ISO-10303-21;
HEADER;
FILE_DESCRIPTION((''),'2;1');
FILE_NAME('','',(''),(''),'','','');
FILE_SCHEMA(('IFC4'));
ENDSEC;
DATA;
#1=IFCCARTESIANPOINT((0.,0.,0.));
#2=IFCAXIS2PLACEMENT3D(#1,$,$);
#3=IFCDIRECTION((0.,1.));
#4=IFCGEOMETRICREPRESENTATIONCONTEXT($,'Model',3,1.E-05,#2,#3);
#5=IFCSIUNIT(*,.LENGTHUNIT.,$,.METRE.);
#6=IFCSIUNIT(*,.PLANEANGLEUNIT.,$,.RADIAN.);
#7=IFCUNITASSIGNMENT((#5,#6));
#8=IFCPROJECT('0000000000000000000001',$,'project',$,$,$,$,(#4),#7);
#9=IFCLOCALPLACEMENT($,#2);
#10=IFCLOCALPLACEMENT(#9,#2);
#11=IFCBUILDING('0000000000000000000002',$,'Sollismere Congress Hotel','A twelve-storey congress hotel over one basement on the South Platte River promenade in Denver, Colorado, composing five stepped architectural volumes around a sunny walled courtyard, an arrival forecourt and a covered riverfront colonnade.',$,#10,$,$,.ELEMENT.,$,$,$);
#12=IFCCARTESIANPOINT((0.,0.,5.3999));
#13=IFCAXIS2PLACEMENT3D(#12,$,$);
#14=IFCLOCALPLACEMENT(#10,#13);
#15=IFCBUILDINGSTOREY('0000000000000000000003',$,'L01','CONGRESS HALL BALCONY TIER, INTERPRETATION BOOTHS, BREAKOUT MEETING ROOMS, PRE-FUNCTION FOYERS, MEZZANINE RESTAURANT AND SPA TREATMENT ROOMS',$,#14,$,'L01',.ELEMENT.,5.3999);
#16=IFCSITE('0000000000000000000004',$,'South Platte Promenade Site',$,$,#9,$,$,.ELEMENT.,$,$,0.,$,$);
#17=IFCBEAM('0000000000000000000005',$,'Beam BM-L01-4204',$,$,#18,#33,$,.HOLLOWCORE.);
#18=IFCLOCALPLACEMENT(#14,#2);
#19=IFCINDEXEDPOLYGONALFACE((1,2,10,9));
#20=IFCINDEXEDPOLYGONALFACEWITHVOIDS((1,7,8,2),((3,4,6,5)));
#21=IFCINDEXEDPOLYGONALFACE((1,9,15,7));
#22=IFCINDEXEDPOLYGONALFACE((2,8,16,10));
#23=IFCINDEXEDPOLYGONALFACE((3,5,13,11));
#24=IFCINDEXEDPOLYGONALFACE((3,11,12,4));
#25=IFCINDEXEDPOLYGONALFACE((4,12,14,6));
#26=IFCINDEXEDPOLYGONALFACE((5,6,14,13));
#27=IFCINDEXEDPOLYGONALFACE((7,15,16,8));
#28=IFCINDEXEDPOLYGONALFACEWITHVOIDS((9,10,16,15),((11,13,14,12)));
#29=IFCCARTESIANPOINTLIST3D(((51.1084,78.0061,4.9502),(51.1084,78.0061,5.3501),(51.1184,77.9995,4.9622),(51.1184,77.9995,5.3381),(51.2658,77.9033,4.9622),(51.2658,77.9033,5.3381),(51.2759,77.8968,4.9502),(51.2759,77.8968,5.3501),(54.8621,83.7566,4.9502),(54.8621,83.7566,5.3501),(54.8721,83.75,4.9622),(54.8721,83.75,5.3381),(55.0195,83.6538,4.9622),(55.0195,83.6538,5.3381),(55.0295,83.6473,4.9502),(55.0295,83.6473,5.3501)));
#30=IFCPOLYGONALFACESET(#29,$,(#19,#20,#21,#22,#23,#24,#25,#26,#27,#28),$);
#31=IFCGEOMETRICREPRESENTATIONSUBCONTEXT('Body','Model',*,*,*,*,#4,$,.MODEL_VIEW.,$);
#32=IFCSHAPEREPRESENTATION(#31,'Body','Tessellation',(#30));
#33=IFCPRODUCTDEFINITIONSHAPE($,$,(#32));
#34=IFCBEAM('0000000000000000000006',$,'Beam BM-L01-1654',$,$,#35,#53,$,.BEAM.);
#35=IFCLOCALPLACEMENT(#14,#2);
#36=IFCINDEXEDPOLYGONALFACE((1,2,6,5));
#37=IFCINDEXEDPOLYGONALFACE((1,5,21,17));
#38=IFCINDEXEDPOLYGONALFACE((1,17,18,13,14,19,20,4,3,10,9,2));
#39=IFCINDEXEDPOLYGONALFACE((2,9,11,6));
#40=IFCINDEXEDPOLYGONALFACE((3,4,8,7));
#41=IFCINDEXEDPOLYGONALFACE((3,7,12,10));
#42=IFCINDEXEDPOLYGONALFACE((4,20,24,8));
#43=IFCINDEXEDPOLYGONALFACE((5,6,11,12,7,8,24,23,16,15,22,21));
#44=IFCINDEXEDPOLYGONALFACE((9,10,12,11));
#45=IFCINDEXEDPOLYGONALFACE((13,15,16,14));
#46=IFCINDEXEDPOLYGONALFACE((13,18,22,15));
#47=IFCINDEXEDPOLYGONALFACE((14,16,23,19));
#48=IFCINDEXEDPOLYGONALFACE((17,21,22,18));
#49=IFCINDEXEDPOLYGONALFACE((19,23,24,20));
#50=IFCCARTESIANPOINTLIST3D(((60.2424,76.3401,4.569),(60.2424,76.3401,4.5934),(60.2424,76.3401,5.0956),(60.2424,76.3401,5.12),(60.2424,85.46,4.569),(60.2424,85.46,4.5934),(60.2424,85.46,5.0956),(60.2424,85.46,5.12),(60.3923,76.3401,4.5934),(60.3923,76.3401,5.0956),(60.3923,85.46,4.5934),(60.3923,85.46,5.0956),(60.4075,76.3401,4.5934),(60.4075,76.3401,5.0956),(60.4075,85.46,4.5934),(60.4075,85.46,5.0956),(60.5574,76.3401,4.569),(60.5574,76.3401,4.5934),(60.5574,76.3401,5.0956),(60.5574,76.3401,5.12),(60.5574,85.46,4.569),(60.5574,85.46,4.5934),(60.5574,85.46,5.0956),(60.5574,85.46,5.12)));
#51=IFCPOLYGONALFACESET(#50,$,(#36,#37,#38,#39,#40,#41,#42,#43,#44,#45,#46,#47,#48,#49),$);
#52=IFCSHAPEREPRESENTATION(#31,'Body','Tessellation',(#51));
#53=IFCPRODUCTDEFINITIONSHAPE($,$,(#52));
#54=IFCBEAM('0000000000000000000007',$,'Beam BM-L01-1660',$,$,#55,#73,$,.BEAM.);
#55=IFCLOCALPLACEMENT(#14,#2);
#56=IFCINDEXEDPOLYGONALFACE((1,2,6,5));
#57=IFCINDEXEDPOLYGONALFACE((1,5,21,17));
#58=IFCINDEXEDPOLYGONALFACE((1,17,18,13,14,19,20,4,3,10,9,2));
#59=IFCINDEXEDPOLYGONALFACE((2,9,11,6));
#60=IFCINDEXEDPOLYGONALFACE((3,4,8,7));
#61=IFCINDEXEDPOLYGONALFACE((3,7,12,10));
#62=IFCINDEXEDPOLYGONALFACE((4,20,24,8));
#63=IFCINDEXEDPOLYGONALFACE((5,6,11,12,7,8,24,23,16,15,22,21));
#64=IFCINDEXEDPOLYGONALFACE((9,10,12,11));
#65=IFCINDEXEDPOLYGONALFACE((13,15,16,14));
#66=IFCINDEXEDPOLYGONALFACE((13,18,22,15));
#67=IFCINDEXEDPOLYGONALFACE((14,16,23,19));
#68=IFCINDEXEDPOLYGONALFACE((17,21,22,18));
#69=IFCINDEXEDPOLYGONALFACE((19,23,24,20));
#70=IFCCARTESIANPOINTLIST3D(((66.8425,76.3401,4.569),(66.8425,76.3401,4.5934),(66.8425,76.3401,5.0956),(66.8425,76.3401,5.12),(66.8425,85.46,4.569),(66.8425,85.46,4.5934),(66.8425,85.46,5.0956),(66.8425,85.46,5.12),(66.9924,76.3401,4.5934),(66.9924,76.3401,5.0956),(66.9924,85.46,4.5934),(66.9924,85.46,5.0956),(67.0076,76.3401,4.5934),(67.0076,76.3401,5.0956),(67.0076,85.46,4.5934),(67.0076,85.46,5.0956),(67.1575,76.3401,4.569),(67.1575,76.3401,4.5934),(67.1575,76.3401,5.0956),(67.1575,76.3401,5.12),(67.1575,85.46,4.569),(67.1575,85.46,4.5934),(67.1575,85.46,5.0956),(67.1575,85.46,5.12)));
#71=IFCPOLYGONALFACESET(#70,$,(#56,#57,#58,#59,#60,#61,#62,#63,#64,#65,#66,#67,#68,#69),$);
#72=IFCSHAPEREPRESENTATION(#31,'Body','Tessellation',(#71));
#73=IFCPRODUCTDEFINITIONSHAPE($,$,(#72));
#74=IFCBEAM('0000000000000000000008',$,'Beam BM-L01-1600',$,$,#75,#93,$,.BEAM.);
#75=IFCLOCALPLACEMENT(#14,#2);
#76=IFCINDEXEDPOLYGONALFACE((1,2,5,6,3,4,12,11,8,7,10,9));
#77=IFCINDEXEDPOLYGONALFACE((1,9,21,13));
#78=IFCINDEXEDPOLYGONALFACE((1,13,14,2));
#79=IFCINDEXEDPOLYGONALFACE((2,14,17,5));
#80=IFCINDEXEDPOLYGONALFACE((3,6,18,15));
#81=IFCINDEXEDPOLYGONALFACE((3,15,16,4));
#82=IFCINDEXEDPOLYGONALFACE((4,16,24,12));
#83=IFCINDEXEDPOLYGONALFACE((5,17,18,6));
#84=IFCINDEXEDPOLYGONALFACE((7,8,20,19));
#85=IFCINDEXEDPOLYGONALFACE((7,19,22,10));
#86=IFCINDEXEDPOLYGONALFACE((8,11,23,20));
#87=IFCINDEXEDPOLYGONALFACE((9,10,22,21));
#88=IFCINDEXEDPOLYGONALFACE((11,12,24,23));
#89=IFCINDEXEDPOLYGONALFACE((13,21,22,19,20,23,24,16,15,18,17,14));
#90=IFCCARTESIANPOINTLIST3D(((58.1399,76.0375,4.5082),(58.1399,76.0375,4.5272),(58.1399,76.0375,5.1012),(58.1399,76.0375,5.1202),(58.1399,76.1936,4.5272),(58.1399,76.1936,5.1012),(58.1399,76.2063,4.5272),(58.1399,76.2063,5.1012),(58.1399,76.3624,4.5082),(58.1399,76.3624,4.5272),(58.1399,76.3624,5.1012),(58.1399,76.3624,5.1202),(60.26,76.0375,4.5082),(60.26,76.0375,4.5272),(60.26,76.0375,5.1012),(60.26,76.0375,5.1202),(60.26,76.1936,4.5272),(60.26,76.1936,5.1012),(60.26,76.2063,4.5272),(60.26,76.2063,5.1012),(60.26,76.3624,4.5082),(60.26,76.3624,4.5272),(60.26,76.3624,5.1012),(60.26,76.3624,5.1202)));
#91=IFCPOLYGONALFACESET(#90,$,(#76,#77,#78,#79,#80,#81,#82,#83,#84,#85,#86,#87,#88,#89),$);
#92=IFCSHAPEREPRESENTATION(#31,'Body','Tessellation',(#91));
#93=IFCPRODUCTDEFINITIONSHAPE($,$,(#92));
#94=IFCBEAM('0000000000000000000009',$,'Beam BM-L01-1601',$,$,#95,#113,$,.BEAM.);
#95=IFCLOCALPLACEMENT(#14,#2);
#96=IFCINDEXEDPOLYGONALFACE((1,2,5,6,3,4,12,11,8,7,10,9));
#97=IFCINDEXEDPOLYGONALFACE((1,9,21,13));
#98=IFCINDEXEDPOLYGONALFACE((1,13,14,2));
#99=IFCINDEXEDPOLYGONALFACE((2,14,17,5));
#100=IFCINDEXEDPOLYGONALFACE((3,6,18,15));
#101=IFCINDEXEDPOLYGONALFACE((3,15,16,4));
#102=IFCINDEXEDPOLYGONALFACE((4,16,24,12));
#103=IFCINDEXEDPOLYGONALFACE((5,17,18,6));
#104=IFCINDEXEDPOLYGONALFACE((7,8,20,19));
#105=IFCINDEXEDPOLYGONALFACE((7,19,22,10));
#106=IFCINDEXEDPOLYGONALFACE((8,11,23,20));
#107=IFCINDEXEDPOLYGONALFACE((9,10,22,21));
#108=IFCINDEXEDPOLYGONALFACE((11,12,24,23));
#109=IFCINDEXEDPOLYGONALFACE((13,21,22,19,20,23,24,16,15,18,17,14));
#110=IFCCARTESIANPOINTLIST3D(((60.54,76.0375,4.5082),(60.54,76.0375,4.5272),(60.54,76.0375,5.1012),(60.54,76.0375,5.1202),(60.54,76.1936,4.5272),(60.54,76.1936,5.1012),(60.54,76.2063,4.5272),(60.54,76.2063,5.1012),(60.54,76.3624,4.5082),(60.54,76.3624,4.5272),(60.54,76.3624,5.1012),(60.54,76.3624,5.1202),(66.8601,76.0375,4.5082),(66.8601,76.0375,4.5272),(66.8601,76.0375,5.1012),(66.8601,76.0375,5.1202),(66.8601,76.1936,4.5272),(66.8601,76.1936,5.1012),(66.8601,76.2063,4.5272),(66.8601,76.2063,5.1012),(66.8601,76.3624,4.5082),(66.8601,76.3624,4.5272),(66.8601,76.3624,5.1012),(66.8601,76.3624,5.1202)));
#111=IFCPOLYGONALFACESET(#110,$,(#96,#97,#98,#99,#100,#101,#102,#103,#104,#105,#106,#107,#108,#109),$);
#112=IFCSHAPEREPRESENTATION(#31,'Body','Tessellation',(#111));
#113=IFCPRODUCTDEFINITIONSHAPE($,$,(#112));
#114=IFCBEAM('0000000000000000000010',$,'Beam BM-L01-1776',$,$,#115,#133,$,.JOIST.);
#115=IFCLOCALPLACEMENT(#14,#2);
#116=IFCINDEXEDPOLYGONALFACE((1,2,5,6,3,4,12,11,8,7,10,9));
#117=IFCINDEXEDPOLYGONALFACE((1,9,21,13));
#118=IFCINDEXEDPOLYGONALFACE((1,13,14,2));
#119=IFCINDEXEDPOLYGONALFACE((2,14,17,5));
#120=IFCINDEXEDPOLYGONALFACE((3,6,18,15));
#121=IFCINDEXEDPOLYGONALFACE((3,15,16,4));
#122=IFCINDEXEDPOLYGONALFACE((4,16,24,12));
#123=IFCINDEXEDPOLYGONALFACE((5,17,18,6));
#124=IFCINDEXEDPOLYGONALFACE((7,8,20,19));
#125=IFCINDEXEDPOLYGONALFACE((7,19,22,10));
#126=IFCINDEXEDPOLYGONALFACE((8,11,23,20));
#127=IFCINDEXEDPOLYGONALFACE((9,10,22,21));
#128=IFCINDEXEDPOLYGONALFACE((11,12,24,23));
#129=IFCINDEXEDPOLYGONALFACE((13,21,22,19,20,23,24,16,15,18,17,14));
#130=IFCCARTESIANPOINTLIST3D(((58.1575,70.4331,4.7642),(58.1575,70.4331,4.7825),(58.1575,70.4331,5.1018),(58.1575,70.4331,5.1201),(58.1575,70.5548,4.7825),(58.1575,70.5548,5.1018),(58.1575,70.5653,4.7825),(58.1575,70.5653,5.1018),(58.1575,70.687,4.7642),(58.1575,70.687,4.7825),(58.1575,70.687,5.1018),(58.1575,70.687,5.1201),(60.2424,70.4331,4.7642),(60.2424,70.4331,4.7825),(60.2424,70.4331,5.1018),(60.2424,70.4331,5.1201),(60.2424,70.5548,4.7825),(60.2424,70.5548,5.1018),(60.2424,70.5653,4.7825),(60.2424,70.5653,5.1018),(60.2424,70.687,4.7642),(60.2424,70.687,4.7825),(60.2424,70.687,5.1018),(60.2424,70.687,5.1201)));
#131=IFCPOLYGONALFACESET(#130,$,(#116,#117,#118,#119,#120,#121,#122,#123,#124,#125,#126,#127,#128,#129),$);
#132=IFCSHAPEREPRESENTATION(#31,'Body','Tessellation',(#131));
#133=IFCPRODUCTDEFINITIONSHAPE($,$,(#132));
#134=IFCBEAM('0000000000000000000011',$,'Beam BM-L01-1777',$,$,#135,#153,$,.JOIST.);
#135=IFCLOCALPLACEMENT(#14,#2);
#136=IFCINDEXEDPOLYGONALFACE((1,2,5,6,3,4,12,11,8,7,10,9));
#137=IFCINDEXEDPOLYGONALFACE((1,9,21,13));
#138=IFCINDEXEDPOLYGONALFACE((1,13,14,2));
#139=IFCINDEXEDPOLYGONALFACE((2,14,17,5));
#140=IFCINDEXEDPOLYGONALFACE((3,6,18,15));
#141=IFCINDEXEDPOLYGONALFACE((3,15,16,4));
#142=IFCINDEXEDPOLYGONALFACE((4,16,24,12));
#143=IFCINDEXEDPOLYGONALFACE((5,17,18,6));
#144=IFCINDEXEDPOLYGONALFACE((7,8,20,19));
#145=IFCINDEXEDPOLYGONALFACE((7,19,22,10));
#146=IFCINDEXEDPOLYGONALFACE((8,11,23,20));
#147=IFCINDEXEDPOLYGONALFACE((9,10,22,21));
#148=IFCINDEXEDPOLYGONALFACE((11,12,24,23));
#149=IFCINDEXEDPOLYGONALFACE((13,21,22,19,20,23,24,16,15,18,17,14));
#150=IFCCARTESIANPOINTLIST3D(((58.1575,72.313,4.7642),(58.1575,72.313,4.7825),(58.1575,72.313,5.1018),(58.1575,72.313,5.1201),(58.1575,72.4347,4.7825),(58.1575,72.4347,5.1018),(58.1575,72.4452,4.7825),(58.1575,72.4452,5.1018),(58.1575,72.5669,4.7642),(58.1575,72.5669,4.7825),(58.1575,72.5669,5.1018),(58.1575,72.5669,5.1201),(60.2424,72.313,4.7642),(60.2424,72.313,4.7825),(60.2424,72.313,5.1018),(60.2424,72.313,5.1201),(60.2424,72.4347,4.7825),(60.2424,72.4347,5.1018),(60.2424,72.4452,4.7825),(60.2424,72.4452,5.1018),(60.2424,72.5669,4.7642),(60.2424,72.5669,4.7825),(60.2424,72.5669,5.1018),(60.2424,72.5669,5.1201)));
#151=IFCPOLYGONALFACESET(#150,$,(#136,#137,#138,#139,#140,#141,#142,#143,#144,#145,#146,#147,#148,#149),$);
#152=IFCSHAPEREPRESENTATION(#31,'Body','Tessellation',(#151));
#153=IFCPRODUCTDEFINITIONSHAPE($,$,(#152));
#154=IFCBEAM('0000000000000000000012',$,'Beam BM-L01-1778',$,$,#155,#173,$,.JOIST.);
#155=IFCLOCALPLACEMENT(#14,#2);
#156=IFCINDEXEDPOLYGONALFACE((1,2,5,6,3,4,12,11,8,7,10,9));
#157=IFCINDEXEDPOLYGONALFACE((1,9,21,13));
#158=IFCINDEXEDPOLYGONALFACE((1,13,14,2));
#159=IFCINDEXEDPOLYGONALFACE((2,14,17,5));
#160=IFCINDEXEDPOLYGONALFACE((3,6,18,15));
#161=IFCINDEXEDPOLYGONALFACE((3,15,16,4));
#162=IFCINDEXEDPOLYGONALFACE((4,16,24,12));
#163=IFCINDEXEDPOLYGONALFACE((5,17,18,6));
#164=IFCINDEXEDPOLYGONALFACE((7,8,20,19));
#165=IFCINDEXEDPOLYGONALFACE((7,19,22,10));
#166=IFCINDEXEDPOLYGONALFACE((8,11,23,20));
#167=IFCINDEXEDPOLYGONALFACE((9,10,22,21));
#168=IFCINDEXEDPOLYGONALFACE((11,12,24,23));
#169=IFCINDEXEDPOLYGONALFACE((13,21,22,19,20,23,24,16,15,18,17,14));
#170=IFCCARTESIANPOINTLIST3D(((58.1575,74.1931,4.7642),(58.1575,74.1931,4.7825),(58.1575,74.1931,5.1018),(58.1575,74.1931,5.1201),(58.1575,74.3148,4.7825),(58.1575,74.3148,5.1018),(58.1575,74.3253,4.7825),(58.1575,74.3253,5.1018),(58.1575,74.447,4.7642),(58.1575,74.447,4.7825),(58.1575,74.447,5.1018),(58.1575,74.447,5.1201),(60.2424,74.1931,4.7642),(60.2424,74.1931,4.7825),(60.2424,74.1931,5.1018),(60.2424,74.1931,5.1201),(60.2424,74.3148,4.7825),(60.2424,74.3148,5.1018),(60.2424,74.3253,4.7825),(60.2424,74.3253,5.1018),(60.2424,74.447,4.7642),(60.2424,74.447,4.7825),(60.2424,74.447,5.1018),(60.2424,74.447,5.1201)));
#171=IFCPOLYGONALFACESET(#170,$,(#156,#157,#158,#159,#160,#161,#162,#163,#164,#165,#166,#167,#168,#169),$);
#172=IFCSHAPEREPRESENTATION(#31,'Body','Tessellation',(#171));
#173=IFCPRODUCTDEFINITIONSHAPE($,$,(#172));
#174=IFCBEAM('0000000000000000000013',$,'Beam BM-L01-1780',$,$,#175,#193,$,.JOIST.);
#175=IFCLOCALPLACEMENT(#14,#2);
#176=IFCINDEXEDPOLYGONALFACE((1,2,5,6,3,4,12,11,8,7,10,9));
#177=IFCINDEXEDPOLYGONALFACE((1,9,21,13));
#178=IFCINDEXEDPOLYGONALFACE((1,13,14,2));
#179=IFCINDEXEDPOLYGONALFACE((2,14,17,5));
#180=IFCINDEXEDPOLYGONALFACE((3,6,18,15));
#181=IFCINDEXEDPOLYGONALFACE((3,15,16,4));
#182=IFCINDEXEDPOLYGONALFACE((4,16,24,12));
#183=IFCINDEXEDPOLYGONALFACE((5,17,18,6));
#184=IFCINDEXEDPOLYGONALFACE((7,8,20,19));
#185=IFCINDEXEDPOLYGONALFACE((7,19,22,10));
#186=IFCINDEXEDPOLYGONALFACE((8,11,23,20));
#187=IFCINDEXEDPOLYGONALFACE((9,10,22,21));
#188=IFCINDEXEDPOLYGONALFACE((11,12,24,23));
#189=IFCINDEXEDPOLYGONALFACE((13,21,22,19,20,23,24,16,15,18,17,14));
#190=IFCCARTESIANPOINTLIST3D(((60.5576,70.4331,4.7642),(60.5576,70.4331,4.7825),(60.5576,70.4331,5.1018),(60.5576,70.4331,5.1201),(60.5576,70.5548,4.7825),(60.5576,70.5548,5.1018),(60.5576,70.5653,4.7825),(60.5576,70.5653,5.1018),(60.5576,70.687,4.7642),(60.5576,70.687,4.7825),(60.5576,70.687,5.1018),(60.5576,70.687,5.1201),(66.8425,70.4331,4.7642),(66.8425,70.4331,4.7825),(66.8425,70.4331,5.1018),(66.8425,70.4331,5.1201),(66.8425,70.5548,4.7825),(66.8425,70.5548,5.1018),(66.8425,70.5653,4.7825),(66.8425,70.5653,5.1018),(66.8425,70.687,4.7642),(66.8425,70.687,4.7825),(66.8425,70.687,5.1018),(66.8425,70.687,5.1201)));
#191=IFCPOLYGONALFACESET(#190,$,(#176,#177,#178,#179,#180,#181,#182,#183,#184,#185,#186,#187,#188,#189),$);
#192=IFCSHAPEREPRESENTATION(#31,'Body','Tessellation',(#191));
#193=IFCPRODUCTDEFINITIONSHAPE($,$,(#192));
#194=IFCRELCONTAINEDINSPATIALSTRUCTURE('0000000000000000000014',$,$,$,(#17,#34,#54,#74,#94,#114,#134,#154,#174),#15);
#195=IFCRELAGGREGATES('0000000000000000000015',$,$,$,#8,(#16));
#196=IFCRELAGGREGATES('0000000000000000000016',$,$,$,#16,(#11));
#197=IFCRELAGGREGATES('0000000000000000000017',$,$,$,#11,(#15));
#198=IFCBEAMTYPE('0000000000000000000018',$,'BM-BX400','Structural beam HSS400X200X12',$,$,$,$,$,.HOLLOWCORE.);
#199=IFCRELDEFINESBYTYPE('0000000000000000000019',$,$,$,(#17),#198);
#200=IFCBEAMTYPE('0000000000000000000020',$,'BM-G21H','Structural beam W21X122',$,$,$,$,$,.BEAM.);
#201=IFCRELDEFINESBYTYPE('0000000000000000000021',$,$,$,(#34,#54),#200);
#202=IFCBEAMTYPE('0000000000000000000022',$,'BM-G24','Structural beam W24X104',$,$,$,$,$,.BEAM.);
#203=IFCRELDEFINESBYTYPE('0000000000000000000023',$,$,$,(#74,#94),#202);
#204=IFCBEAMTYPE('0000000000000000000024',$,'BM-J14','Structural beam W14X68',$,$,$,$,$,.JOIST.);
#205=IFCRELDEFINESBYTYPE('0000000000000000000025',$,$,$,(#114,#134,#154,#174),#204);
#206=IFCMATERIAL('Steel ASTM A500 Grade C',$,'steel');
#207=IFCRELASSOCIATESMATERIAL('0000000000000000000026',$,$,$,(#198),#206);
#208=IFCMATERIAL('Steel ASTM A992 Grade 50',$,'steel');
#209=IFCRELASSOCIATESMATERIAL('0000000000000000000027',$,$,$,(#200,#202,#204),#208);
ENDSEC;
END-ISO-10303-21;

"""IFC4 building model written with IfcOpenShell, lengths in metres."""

from ifc_helpers import new_model, si_unit, direction, frame, origin, origin_2d, place, context, subcontext, project, spatial, hollow_rectangle, i_section, extrude, material, material_profile, profile_set, type_object, element, save


model = new_model("IFC4")

# Units and contexts
model_context = context("Model", 3, precision=1e-05, world=origin(), true_north=direction((0.0, 1.0)))
body_context = subcontext(model_context, "Body", "Model", "MODEL_VIEW")
ifc_project = project(units=[si_unit("LENGTHUNIT", "METRE"), si_unit("PLANEANGLEUNIT", "RADIAN")], contexts=[model_context])

# Site, building, storey
site_placement = place(None, origin())
site = spatial("IfcSite", under=ifc_project, at=site_placement, Name="South Platte Promenade Site", CompositionType="ELEMENT", RefElevation=0.0)
building_placement = place(site_placement, origin())
building = spatial("IfcBuilding", under=site, at=building_placement, Name="Sollismere Congress Hotel", Description="A twelve-storey congress hotel over one basement on the South Platte River promenade in Denver, Colorado, composing five stepped architectural volumes around a sunny walled courtyard, an arrival forecourt and a covered riverfront colonnade.", CompositionType="ELEMENT")
storey_placement = place(building_placement, frame((0.0, 0.0, 5.3999)))
storey = spatial("IfcBuildingStorey", under=building, at=storey_placement, Name="L01", Description="CONGRESS HALL BALCONY TIER, INTERPRETATION BOOTHS, BREAKOUT MEETING ROOMS, PRE-FUNCTION FOYERS, MEZZANINE RESTAURANT AND SPA TREATMENT ROOMS", LongName="L01", CompositionType="ELEMENT", Elevation=5.3999)

# Shared definitions
ifc_material_1 = material(Name="Steel ASTM A500 Grade C", Category="steel")
ifc_material_2 = material(Name="Steel ASTM A992 Grade 50", Category="steel")

# Beams
ifc_material_profile_1 = material_profile(ifc_material_1, hollow_rectangle(XDim=0.2, YDim=0.3999, WallThickness=0.012, at=origin_2d()), Name="HSS400X200X12")
ifc_profile_set_1 = profile_set([ifc_material_profile_1], Name="Steel ASTM A500 Grade C")
beam_type_1 = type_object("IfcBeamType", Name="BM-BX400", Description="Structural beam HSS400X200X12", PredefinedType="HOLLOWCORE", material=ifc_profile_set_1)
beam_1_placement = place(storey_placement, frame((51.1921, 77.9514, 5.1501), z_axis=(0.546609, 0.837388, 0.0), x_axis=(-0.837388, 0.546609, 0.0)))
element("IfcBeam", 1, at=beam_1_placement, inside=storey, type_object=beam_type_1, Name="Beam BM-L01-4204", PredefinedType="HOLLOWCORE", context=body_context, shape_type="SweptSolid", body=[
    extrude(hollow_rectangle(XDim=0.2, YDim=0.3999, WallThickness=0.012, at=origin_2d()), origin(), (0.0, 0.0, 1.0), 6.8672),
])
ifc_material_profile_2 = material_profile(ifc_material_2, i_section(OverallWidth=0.3149, OverallDepth=0.551, WebThickness=0.0151, FlangeThickness=0.0244, at=origin_2d()), Name="W21X122")
ifc_profile_set_2 = profile_set([ifc_material_profile_2], Name="Steel ASTM A992 Grade 50")
beam_type_2 = type_object("IfcBeamType", Name="BM-G21H", Description="Structural beam W21X122", PredefinedType="BEAM", material=ifc_profile_set_2)
for number, where, z_axis, x_axis, name in (
    (2, (60.3999, 76.3401, 4.8445), (0.0, 1.0, 0.0), (-1.0, 0.0, 0.0), "Beam BM-L01-1654"),
    (3, (67.0, 76.3401, 4.8445), (0.0, 1.0, 0.0), (-1.0, 0.0, 0.0), "Beam BM-L01-1660"),
):
    element("IfcBeam", number, at=place(storey_placement, frame(where, z_axis=z_axis, x_axis=x_axis)), inside=storey, type_object=beam_type_2, Name=name, PredefinedType="BEAM", context=body_context, shape_type="SweptSolid", body=[
        extrude(i_section(OverallWidth=0.3149, OverallDepth=0.551, WebThickness=0.0151, FlangeThickness=0.0244, at=origin_2d()), origin(), (0.0, 0.0, 1.0), 9.1199),
    ])
ifc_material_profile_3 = material_profile(ifc_material_2, i_section(OverallWidth=0.325, OverallDepth=0.6121, WebThickness=0.0127, FlangeThickness=0.019, at=origin_2d()), Name="W24X104")
ifc_profile_set_3 = profile_set([ifc_material_profile_3], Name="Steel ASTM A992 Grade 50")
beam_type_3 = type_object("IfcBeamType", Name="BM-G24", Description="Structural beam W24X104", PredefinedType="BEAM", material=ifc_profile_set_3)
beam_2_placement = place(storey_placement, frame((58.1399, 76.2, 4.8142), z_axis=(1.0, 0.0, 0.0), x_axis=(0.0, 1.0, 0.0)))
element("IfcBeam", 4, at=beam_2_placement, inside=storey, type_object=beam_type_3, Name="Beam BM-L01-1600", PredefinedType="BEAM", context=body_context, shape_type="SweptSolid", body=[
    extrude(i_section(OverallWidth=0.325, OverallDepth=0.6121, WebThickness=0.0127, FlangeThickness=0.019, at=origin_2d()), origin(), (0.0, 0.0, 1.0), 2.1201),
])
beam_3_placement = place(storey_placement, frame((60.54, 76.2, 4.8142), z_axis=(1.0, 0.0, 0.0), x_axis=(0.0, 1.0, 0.0)))
element("IfcBeam", 5, at=beam_3_placement, inside=storey, type_object=beam_type_3, Name="Beam BM-L01-1601", PredefinedType="BEAM", context=body_context, shape_type="SweptSolid", body=[
    extrude(i_section(OverallWidth=0.325, OverallDepth=0.6121, WebThickness=0.0127, FlangeThickness=0.019, at=origin_2d()), origin(), (0.0, 0.0, 1.0), 6.3201),
])
ifc_material_profile_4 = material_profile(ifc_material_2, i_section(OverallWidth=0.2539, OverallDepth=0.356, WebThickness=0.0105, FlangeThickness=0.0183, at=origin_2d()), Name="W14X68")
ifc_profile_set_4 = profile_set([ifc_material_profile_4], Name="Steel ASTM A992 Grade 50")
beam_type_4 = type_object("IfcBeamType", Name="BM-J14", Description="Structural beam W14X68", PredefinedType="JOIST", material=ifc_profile_set_4)
for number, where, z_axis, x_axis, name in (
    (6, (58.1575, 70.5601, 4.9421), (1.0, 0.0, 0.0), (0.0, 1.0, 0.0), "Beam BM-L01-1776"),
    (7, (58.1575, 72.4399, 4.9421), (1.0, 0.0, 0.0), (0.0, 1.0, 0.0), "Beam BM-L01-1777"),
    (8, (58.1575, 74.3201, 4.9421), (1.0, 0.0, 0.0), (0.0, 1.0, 0.0), "Beam BM-L01-1778"),
):
    element("IfcBeam", number, at=place(storey_placement, frame(where, z_axis=z_axis, x_axis=x_axis)), inside=storey, type_object=beam_type_4, Name=name, PredefinedType="JOIST", context=body_context, shape_type="SweptSolid", body=[
        extrude(i_section(OverallWidth=0.2539, OverallDepth=0.356, WebThickness=0.0105, FlangeThickness=0.0183, at=origin_2d()), origin(), (0.0, 0.0, 1.0), 2.085),
    ])
for number, where, z_axis, x_axis, name in (
    (9, (60.5576, 70.5601, 4.9421), (1.0, 0.0, 0.0), (0.0, 1.0, 0.0), "Beam BM-L01-1780"),
):
    element("IfcBeam", number, at=place(storey_placement, frame(where, z_axis=z_axis, x_axis=x_axis)), inside=storey, type_object=beam_type_4, Name=name, PredefinedType="JOIST", context=body_context, shape_type="SweptSolid", body=[
        extrude(i_section(OverallWidth=0.2539, OverallDepth=0.356, WebThickness=0.0105, FlangeThickness=0.0183, at=origin_2d()), origin(), (0.0, 0.0, 1.0), 6.2849),
    ])

save(model, "model.ifc")
